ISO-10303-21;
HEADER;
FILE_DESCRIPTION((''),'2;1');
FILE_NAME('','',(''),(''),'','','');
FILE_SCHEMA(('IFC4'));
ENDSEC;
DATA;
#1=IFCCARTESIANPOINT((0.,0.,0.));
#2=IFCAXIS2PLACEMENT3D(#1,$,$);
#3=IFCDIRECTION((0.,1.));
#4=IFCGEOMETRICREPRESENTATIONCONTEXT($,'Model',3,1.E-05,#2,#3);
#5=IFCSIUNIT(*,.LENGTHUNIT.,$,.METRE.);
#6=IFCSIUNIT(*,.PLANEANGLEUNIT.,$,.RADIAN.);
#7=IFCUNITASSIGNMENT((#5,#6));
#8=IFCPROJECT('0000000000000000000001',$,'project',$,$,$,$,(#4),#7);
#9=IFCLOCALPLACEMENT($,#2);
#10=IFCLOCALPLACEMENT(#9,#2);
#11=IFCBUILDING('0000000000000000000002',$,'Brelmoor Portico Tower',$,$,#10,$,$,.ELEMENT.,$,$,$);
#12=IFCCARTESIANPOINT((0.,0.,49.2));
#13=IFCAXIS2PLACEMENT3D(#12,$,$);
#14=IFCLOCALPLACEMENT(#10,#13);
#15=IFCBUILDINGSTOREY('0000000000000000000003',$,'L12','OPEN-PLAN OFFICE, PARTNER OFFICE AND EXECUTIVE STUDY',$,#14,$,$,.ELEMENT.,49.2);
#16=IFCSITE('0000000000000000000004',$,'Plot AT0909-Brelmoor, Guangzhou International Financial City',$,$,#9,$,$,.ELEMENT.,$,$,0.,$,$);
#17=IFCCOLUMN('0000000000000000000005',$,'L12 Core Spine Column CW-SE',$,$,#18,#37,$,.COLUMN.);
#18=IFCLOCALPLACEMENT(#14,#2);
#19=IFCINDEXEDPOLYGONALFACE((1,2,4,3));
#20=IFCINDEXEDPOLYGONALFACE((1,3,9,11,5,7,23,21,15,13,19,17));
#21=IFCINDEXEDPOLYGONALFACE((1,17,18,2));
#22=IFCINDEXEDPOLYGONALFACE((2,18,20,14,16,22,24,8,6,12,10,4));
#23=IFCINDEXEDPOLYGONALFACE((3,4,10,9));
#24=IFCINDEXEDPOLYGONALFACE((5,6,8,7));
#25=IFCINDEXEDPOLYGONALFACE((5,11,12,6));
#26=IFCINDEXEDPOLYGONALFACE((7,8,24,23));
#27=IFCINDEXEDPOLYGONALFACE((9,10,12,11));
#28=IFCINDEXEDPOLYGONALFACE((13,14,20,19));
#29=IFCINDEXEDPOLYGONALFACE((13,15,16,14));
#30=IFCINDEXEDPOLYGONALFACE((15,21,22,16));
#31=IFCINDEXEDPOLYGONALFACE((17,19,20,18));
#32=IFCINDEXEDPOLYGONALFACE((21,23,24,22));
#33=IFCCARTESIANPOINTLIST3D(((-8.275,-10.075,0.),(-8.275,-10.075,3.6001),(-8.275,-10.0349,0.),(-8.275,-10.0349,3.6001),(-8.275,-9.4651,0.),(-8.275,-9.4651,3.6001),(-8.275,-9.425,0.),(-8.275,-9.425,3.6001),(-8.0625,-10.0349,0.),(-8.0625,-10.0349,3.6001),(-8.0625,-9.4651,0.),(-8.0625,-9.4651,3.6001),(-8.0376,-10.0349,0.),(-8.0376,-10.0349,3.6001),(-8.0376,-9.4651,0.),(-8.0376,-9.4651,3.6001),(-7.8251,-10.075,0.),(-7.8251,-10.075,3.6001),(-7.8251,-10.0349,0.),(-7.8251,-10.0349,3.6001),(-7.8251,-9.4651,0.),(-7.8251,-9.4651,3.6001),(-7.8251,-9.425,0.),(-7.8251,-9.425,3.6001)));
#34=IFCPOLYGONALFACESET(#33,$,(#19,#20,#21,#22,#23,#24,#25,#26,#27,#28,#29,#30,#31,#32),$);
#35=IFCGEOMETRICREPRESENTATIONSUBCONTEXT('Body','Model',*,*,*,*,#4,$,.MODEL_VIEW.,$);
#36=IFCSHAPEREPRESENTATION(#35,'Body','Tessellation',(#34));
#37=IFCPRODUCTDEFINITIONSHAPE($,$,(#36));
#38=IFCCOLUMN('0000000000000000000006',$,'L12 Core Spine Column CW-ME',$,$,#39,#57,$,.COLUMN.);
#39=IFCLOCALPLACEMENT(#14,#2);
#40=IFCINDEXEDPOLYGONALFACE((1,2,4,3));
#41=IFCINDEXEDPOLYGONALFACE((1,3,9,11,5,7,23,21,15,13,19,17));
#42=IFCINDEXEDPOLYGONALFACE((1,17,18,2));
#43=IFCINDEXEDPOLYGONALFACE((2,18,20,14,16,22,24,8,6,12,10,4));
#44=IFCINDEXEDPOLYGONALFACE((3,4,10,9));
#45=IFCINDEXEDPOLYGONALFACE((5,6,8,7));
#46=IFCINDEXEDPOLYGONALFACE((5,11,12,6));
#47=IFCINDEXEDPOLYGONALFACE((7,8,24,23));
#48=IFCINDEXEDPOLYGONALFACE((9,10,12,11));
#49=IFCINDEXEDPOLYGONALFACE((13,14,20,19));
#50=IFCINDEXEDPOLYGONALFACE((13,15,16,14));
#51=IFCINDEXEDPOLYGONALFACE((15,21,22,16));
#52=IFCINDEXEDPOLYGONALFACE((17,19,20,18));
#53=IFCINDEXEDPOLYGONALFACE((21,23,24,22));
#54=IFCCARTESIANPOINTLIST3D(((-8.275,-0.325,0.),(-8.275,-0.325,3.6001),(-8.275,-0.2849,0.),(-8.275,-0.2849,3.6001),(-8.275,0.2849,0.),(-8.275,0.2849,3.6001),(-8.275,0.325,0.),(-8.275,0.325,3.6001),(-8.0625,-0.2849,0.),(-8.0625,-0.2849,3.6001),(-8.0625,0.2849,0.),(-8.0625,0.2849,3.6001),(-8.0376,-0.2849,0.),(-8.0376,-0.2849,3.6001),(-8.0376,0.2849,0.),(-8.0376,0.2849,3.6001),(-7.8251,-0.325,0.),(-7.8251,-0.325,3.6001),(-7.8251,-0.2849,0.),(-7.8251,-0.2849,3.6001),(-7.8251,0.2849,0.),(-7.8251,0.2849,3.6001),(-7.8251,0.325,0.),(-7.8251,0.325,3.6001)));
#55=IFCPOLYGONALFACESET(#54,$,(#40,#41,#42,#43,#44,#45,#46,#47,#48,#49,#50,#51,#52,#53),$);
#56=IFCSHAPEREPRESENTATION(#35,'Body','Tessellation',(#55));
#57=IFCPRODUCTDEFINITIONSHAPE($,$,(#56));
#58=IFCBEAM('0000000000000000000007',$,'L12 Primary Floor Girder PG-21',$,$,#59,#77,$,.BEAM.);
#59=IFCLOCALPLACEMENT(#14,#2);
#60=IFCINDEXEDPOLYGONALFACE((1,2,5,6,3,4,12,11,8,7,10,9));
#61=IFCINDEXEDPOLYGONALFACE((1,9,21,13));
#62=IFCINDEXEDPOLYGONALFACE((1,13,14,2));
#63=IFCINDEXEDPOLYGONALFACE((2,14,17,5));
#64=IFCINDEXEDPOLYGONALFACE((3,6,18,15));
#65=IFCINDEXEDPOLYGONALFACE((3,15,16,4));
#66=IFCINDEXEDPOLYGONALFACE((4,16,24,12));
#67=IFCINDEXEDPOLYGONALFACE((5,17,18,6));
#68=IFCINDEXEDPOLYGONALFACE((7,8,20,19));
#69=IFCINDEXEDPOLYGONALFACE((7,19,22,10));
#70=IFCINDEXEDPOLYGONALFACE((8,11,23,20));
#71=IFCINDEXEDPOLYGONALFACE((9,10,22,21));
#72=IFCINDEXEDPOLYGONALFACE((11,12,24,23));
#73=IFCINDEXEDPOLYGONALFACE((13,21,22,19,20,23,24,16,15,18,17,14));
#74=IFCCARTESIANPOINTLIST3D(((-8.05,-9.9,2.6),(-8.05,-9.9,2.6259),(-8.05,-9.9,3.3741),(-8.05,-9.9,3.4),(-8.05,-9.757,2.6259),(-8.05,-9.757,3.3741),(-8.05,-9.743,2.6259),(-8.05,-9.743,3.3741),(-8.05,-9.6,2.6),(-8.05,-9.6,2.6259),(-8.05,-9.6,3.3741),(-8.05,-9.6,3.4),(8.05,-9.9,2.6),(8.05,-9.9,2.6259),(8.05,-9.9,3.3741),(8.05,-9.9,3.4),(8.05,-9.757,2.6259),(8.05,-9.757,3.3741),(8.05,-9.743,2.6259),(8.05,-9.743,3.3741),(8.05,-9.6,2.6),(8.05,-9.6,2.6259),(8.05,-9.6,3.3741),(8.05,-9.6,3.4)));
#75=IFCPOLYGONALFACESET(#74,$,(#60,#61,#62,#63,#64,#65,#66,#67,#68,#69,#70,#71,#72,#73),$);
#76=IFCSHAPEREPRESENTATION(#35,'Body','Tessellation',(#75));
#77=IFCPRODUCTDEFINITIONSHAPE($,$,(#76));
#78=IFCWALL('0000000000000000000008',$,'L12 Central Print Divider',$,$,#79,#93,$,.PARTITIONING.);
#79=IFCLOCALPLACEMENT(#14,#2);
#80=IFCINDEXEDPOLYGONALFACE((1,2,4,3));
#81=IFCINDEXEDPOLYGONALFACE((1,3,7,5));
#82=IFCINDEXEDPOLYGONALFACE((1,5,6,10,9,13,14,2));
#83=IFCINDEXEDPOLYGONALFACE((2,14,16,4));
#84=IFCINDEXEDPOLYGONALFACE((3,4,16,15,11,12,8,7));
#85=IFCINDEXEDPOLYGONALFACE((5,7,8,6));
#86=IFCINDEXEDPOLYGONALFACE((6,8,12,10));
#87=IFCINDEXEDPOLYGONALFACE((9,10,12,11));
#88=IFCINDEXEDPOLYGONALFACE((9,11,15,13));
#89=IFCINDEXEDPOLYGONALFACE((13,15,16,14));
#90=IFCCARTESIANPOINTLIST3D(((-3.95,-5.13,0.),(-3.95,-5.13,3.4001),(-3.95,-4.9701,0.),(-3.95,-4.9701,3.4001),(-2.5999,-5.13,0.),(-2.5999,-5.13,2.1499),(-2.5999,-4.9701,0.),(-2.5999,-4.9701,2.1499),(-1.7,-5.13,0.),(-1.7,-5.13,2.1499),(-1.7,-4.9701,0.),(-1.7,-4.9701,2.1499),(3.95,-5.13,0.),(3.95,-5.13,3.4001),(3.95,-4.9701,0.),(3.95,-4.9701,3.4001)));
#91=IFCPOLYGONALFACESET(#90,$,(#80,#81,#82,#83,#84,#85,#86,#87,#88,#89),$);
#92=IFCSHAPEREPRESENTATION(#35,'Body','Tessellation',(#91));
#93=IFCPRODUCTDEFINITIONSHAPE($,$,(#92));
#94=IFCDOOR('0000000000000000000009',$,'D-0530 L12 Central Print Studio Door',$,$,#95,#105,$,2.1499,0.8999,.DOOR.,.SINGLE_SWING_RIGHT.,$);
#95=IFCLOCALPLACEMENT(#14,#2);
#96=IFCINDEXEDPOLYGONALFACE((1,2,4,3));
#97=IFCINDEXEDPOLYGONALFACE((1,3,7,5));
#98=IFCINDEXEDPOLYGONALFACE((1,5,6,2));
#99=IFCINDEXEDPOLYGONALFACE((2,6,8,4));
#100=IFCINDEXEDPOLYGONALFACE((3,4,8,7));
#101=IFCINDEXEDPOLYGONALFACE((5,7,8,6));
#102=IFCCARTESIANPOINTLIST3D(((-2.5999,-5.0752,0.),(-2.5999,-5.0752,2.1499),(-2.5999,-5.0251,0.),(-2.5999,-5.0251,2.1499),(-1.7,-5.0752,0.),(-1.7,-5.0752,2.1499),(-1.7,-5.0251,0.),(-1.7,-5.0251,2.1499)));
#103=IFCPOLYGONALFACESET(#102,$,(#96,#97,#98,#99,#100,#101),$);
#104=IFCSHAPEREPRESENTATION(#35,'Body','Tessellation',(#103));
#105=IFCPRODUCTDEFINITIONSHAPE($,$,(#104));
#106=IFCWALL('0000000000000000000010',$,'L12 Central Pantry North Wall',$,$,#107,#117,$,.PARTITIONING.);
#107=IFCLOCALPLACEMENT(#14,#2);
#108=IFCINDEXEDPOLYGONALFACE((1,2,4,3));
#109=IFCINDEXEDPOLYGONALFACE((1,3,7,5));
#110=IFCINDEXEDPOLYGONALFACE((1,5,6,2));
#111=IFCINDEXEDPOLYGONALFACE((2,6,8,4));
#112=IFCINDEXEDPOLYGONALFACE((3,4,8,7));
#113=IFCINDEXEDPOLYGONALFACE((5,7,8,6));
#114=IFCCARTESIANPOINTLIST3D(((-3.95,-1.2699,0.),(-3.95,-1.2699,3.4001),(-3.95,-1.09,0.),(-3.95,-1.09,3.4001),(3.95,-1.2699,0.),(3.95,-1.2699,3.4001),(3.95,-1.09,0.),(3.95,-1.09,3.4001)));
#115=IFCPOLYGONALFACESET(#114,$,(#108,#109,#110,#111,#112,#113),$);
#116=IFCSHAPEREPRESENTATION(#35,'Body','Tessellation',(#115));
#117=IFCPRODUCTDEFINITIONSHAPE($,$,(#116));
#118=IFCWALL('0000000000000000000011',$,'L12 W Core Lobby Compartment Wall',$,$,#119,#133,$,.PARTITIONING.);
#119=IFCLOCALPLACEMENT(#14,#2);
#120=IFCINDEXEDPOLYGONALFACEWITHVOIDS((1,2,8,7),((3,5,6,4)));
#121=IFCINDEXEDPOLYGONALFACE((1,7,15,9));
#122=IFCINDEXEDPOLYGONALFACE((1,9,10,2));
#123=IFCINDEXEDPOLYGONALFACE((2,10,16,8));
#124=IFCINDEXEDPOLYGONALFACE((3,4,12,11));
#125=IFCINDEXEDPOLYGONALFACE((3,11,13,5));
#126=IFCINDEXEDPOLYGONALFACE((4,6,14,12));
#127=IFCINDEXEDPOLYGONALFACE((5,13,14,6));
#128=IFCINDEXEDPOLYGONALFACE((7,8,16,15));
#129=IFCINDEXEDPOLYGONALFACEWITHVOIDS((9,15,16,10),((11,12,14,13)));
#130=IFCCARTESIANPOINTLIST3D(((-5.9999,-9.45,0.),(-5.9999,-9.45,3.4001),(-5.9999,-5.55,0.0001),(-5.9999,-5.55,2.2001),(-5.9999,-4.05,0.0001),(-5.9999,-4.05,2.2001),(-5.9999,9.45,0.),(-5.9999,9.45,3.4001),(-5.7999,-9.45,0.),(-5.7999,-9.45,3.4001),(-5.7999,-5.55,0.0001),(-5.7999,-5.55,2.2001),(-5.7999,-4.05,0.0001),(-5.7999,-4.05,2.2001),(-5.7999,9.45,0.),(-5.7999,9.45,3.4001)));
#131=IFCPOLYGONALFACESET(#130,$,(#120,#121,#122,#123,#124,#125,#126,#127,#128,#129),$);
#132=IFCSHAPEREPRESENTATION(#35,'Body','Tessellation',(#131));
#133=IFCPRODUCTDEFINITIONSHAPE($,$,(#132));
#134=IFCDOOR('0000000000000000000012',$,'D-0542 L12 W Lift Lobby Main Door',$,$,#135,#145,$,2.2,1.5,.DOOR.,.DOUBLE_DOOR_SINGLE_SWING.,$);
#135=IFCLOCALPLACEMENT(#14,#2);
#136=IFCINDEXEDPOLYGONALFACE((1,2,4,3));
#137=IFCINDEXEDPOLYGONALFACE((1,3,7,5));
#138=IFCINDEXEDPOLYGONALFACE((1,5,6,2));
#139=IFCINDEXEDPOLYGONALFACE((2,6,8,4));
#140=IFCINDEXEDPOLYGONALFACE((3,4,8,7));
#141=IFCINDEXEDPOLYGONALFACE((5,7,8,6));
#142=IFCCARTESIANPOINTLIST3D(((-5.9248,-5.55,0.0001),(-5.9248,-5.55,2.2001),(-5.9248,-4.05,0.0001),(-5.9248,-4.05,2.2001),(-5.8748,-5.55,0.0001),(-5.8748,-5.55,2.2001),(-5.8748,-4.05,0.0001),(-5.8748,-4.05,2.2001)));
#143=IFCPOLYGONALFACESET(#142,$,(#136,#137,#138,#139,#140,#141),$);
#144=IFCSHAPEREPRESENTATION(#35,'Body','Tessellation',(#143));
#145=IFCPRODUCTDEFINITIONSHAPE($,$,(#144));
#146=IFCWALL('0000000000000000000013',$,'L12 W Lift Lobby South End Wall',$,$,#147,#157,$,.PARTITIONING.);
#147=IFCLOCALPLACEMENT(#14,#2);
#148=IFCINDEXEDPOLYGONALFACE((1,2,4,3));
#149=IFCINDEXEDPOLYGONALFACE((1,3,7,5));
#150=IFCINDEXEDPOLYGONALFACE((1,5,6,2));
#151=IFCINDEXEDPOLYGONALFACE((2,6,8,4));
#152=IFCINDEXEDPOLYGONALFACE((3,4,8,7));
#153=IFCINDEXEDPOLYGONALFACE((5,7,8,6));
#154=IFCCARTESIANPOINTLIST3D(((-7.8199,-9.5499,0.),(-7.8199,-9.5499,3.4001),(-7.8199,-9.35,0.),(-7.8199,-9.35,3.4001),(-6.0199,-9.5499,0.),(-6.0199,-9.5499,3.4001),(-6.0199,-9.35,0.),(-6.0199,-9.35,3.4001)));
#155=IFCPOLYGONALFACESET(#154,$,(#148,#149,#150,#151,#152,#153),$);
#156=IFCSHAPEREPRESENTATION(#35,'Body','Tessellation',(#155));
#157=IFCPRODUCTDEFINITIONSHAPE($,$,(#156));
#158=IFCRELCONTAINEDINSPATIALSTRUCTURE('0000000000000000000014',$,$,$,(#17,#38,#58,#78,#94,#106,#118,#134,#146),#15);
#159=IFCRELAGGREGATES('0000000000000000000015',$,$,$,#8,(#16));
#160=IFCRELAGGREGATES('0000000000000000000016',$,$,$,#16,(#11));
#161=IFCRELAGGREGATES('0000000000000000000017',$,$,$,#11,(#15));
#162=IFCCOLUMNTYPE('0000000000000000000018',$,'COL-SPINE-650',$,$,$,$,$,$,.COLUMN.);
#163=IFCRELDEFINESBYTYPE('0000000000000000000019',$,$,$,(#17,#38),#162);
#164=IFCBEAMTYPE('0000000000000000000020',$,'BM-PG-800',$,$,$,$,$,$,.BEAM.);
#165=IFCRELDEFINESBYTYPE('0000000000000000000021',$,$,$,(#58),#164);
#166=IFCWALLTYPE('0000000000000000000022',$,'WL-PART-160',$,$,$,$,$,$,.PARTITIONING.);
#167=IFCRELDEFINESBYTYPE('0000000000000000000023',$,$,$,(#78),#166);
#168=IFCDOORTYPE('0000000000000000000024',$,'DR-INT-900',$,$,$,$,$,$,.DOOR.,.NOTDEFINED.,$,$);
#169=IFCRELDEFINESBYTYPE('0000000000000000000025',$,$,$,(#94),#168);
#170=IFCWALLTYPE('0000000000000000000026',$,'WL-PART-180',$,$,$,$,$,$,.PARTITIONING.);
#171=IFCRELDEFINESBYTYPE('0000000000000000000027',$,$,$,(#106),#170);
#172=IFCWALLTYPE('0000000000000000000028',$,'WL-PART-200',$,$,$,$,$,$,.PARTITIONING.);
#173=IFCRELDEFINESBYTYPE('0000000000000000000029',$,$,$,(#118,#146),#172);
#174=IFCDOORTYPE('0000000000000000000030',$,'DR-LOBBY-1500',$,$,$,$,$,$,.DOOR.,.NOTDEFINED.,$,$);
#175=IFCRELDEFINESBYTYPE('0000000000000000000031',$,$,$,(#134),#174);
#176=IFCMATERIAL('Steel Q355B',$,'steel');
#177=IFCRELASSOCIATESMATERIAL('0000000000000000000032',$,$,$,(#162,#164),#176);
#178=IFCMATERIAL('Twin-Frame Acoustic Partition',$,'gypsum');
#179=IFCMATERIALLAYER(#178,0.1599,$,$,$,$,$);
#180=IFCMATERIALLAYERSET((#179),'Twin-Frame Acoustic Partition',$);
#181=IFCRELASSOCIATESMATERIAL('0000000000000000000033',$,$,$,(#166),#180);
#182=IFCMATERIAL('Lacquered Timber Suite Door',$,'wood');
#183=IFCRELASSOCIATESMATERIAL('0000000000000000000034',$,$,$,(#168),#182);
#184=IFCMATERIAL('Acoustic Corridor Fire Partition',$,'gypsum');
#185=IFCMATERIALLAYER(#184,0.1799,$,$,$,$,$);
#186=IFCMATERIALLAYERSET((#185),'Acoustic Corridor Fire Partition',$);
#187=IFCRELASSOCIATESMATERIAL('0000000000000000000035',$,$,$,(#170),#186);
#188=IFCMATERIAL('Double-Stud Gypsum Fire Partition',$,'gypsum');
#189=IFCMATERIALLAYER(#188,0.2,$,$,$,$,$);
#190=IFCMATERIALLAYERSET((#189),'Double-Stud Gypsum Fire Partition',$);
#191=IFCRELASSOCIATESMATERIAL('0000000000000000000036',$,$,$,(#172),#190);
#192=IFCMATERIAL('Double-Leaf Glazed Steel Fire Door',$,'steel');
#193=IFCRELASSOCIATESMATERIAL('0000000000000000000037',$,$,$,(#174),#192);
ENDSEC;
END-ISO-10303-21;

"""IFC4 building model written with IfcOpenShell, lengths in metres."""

from ifc_helpers import new_model, si_unit, direction, frame, frame_2d, origin, origin_2d, place, context, subcontext, project, spatial, rectangle, i_section, extrude, material, layer, layer_set, material_profile, profile_set, type_object, element, fill, save


model = new_model("IFC4")

# Units and contexts
model_context = context("Model", 3, precision=1e-05, world=origin(), true_north=direction((0.0, 1.0)))
body_context = subcontext(model_context, "Body", "Model", "MODEL_VIEW")
ifc_project = project(units=[si_unit("LENGTHUNIT", "METRE"), si_unit("PLANEANGLEUNIT", "RADIAN")], contexts=[model_context])

# Site, building, storey
site_placement = place(None, origin())
site = spatial("IfcSite", under=ifc_project, at=site_placement, Name="Plot AT0909-Brelmoor, Guangzhou International Financial City", CompositionType="ELEMENT", RefElevation=0.0)
building_placement = place(site_placement, origin())
building = spatial("IfcBuilding", under=site, at=building_placement, Name="Brelmoor Portico Tower", CompositionType="ELEMENT")
storey_placement = place(building_placement, frame((0.0, 0.0, 49.2)))
storey = spatial("IfcBuildingStorey", under=building, at=storey_placement, Name="L12", Description="OPEN-PLAN OFFICE, PARTNER OFFICE AND EXECUTIVE STUDY", CompositionType="ELEMENT", Elevation=49.2)

# Columns
ifc_material_1 = material(Name="Steel Q355B", Category="steel")
ifc_material_profile_1 = material_profile(ifc_material_1, i_section(OverallWidth=0.45, OverallDepth=0.6499, WebThickness=0.0249, FlangeThickness=0.04, at=origin_2d()), Name="HW 650x450x25x40")
ifc_profile_set_1 = profile_set([ifc_material_profile_1], Name="Steel Q355B")
column_type = type_object("IfcColumnType", Name="COL-SPINE-650", PredefinedType="COLUMN", material=ifc_profile_set_1)
for number, where, z_axis, x_axis, name in (
    (1, (-8.05, -9.75, 0.0), (0.0, 0.0, 1.0), (1.0, 0.0, 0.0), "L12 Core Spine Column CW-SE"),
    (2, (-8.05, 0.0, 0.0), (0.0, 0.0, 1.0), (1.0, 0.0, 0.0), "L12 Core Spine Column CW-ME"),
):
    element("IfcColumn", number, at=place(storey_placement, frame(where, z_axis=z_axis, x_axis=x_axis)), inside=storey, type_object=column_type, Name=name, PredefinedType="COLUMN", context=body_context, shape_type="SweptSolid", body=[
        extrude(i_section(OverallWidth=0.45, OverallDepth=0.6499, WebThickness=0.0249, FlangeThickness=0.04, at=origin_2d()), origin(), (0.0, 0.0, 1.0), 3.6001),
    ])

# Beam
ifc_material_profile_2 = material_profile(ifc_material_1, i_section(OverallWidth=0.3, OverallDepth=0.8, WebThickness=0.0139, FlangeThickness=0.0259, at=origin_2d()), Name="HN 800x300x14x26")
ifc_profile_set_2 = profile_set([ifc_material_profile_2], Name="Steel Q355B")
beam_type = type_object("IfcBeamType", Name="BM-PG-800", PredefinedType="BEAM", material=ifc_profile_set_2)
beam_placement = place(storey_placement, frame((-8.05, -9.75, 3.0), z_axis=(1.0, 0.0, 0.0), x_axis=(0.0, 1.0, 0.0)))
element("IfcBeam", 3, at=beam_placement, inside=storey, type_object=beam_type, Name="L12 Primary Floor Girder PG-21", PredefinedType="BEAM", context=body_context, shape_type="SweptSolid", body=[
    extrude(i_section(OverallWidth=0.3, OverallDepth=0.8, WebThickness=0.0139, FlangeThickness=0.0259, at=origin_2d()), origin(), (0.0, 0.0, 1.0), 16.1001),
])

# Wall, opening, door
ifc_material_2 = material(Name="Twin-Frame Acoustic Partition", Category="gypsum")
ifc_layer_1 = layer(ifc_material_2, 0.1599)
ifc_layer_set_1 = layer_set([ifc_layer_1], Name="Twin-Frame Acoustic Partition")
wall_type_1 = type_object("IfcWallType", Name="WL-PART-160", PredefinedType="PARTITIONING", material=ifc_layer_set_1)
ifc_material_3 = material(Name="Lacquered Timber Suite Door", Category="wood")
door_type_1 = type_object("IfcDoorType", Name="DR-INT-900", OperationType="NOTDEFINED", PredefinedType="DOOR", material=ifc_material_3)
wall_1_placement = place(storey_placement, frame((-3.95, -5.05, 0.0), z_axis=(0.0, 0.0, 1.0), x_axis=(1.0, 0.0, 0.0)))
wall_1 = element("IfcWall", 4, at=wall_1_placement, inside=storey, type_object=wall_type_1, Name="L12 Central Print Divider", PredefinedType="PARTITIONING", context=body_context, shape_type="SweptSolid", body=[
    extrude(rectangle(XDim=7.8999, YDim=0.1599, at=frame_2d((3.95, 0.0))), origin(), (0.0, 0.0, 1.0), 3.4001),
])
opening_1_placement = place(wall_1_placement, frame((1.3501, 0.0, 0.0)))
opening_1 = element("IfcOpeningElement", 5, at=opening_1_placement, cuts=wall_1, PredefinedType="OPENING", context=body_context, shape_type="SweptSolid", body=[
    extrude(rectangle(XDim=0.8999, YDim=2.1499, at=frame_2d((0.45, 1.075))), frame((0.0, 0.0898, 0.0), z_axis=(0.0, -1.0, 0.0), x_axis=(1.0, 0.0, 0.0)), (0.0, 0.0, 1.0), 0.1799),
])
door_1_placement = place(opening_1_placement, origin())
door_1 = element("IfcDoor", 6, at=door_1_placement, inside=storey, type_object=door_type_1, Name="D-0530 L12 Central Print Studio Door", OperationType="SINGLE_SWING_RIGHT", OverallHeight=2.1499, OverallWidth=0.8999, PredefinedType="DOOR", context=body_context, shape_type="SweptSolid", body=[
    extrude(rectangle(XDim=0.8999, YDim=2.1499, at=frame_2d((0.45, 1.075))), frame((0.0, 0.0249, 0.0), z_axis=(0.0, -1.0, 0.0), x_axis=(1.0, 0.0, 0.0)), (0.0, 0.0, 1.0), 0.05),
])
fill(opening_1, door_1)

# Wall
ifc_material_4 = material(Name="Acoustic Corridor Fire Partition", Category="gypsum")
ifc_layer_2 = layer(ifc_material_4, 0.1799)
ifc_layer_set_2 = layer_set([ifc_layer_2], Name="Acoustic Corridor Fire Partition")
wall_type_2 = type_object("IfcWallType", Name="WL-PART-180", PredefinedType="PARTITIONING", material=ifc_layer_set_2)
wall_2_placement = place(storey_placement, frame((-3.95, -1.1799, 0.0), z_axis=(0.0, 0.0, 1.0), x_axis=(1.0, 0.0, 0.0)))
element("IfcWall", 7, at=wall_2_placement, inside=storey, type_object=wall_type_2, Name="L12 Central Pantry North Wall", PredefinedType="PARTITIONING", context=body_context, shape_type="SweptSolid", body=[
    extrude(rectangle(XDim=7.8999, YDim=0.1799, at=frame_2d((3.95, 0.0))), origin(), (0.0, 0.0, 1.0), 3.4001),
])

# Wall, opening, door
ifc_material_5 = material(Name="Double-Stud Gypsum Fire Partition", Category="gypsum")
ifc_layer_3 = layer(ifc_material_5, 0.2)
ifc_layer_set_3 = layer_set([ifc_layer_3], Name="Double-Stud Gypsum Fire Partition")
wall_type_3 = type_object("IfcWallType", Name="WL-PART-200", PredefinedType="PARTITIONING", material=ifc_layer_set_3)
wall_3_placement = place(storey_placement, frame((-5.8999, -9.45, 0.0), z_axis=(0.0, 0.0, 1.0), x_axis=(0.0, 1.0, 0.0)))
wall_3 = element("IfcWall", 8, at=wall_3_placement, inside=storey, type_object=wall_type_3, Name="L12 W Core Lobby Compartment Wall", PredefinedType="PARTITIONING", context=body_context, shape_type="SweptSolid", body=[
    extrude(rectangle(XDim=18.8999, YDim=0.2, at=frame_2d((9.45, 0.0))), origin(), (0.0, 0.0, 1.0), 3.4001),
])
opening_2_placement = place(wall_3_placement, frame((3.8999, 0.0, 0.0)))
opening_2 = element("IfcOpeningElement", 9, at=opening_2_placement, cuts=wall_3, PredefinedType="OPENING", context=body_context, shape_type="SweptSolid", body=[
    extrude(rectangle(XDim=1.5, YDim=2.2, at=frame_2d((0.75, 1.1001))), frame((0.0, 0.1099, 0.0), z_axis=(0.0, -1.0, 0.0), x_axis=(1.0, 0.0, 0.0)), (0.0, 0.0, 1.0), 0.22),
])
ifc_material_6 = material(Name="Double-Leaf Glazed Steel Fire Door", Category="steel")
door_type_2 = type_object("IfcDoorType", Name="DR-LOBBY-1500", OperationType="NOTDEFINED", PredefinedType="DOOR", material=ifc_material_6)
door_2_placement = place(opening_2_placement, origin())
door_2 = element("IfcDoor", 10, at=door_2_placement, inside=storey, type_object=door_type_2, Name="D-0542 L12 W Lift Lobby Main Door", OperationType="DOUBLE_DOOR_SINGLE_SWING", OverallHeight=2.2, OverallWidth=1.5, PredefinedType="DOOR", context=body_context, shape_type="SweptSolid", body=[
    extrude(rectangle(XDim=1.5, YDim=2.2, at=frame_2d((0.75, 1.1001))), frame((0.0, 0.0249, 0.0), z_axis=(0.0, -1.0, 0.0), x_axis=(1.0, 0.0, 0.0)), (0.0, 0.0, 1.0), 0.05),
])
fill(opening_2, door_2)

# Wall
wall_4_placement = place(storey_placement, frame((-6.02, -9.45, 0.0), z_axis=(0.0, 0.0, 1.0), x_axis=(-1.0, 0.0, 0.0)))
element("IfcWall", 11, at=wall_4_placement, inside=storey, type_object=wall_type_3, Name="L12 W Lift Lobby South End Wall", PredefinedType="PARTITIONING", context=body_context, shape_type="SweptSolid", body=[
    extrude(rectangle(XDim=1.8, YDim=0.2, at=frame_2d((0.8999, 0.0))), origin(), (0.0, 0.0, 1.0), 3.4001),
])

save(model, "model.ifc")
